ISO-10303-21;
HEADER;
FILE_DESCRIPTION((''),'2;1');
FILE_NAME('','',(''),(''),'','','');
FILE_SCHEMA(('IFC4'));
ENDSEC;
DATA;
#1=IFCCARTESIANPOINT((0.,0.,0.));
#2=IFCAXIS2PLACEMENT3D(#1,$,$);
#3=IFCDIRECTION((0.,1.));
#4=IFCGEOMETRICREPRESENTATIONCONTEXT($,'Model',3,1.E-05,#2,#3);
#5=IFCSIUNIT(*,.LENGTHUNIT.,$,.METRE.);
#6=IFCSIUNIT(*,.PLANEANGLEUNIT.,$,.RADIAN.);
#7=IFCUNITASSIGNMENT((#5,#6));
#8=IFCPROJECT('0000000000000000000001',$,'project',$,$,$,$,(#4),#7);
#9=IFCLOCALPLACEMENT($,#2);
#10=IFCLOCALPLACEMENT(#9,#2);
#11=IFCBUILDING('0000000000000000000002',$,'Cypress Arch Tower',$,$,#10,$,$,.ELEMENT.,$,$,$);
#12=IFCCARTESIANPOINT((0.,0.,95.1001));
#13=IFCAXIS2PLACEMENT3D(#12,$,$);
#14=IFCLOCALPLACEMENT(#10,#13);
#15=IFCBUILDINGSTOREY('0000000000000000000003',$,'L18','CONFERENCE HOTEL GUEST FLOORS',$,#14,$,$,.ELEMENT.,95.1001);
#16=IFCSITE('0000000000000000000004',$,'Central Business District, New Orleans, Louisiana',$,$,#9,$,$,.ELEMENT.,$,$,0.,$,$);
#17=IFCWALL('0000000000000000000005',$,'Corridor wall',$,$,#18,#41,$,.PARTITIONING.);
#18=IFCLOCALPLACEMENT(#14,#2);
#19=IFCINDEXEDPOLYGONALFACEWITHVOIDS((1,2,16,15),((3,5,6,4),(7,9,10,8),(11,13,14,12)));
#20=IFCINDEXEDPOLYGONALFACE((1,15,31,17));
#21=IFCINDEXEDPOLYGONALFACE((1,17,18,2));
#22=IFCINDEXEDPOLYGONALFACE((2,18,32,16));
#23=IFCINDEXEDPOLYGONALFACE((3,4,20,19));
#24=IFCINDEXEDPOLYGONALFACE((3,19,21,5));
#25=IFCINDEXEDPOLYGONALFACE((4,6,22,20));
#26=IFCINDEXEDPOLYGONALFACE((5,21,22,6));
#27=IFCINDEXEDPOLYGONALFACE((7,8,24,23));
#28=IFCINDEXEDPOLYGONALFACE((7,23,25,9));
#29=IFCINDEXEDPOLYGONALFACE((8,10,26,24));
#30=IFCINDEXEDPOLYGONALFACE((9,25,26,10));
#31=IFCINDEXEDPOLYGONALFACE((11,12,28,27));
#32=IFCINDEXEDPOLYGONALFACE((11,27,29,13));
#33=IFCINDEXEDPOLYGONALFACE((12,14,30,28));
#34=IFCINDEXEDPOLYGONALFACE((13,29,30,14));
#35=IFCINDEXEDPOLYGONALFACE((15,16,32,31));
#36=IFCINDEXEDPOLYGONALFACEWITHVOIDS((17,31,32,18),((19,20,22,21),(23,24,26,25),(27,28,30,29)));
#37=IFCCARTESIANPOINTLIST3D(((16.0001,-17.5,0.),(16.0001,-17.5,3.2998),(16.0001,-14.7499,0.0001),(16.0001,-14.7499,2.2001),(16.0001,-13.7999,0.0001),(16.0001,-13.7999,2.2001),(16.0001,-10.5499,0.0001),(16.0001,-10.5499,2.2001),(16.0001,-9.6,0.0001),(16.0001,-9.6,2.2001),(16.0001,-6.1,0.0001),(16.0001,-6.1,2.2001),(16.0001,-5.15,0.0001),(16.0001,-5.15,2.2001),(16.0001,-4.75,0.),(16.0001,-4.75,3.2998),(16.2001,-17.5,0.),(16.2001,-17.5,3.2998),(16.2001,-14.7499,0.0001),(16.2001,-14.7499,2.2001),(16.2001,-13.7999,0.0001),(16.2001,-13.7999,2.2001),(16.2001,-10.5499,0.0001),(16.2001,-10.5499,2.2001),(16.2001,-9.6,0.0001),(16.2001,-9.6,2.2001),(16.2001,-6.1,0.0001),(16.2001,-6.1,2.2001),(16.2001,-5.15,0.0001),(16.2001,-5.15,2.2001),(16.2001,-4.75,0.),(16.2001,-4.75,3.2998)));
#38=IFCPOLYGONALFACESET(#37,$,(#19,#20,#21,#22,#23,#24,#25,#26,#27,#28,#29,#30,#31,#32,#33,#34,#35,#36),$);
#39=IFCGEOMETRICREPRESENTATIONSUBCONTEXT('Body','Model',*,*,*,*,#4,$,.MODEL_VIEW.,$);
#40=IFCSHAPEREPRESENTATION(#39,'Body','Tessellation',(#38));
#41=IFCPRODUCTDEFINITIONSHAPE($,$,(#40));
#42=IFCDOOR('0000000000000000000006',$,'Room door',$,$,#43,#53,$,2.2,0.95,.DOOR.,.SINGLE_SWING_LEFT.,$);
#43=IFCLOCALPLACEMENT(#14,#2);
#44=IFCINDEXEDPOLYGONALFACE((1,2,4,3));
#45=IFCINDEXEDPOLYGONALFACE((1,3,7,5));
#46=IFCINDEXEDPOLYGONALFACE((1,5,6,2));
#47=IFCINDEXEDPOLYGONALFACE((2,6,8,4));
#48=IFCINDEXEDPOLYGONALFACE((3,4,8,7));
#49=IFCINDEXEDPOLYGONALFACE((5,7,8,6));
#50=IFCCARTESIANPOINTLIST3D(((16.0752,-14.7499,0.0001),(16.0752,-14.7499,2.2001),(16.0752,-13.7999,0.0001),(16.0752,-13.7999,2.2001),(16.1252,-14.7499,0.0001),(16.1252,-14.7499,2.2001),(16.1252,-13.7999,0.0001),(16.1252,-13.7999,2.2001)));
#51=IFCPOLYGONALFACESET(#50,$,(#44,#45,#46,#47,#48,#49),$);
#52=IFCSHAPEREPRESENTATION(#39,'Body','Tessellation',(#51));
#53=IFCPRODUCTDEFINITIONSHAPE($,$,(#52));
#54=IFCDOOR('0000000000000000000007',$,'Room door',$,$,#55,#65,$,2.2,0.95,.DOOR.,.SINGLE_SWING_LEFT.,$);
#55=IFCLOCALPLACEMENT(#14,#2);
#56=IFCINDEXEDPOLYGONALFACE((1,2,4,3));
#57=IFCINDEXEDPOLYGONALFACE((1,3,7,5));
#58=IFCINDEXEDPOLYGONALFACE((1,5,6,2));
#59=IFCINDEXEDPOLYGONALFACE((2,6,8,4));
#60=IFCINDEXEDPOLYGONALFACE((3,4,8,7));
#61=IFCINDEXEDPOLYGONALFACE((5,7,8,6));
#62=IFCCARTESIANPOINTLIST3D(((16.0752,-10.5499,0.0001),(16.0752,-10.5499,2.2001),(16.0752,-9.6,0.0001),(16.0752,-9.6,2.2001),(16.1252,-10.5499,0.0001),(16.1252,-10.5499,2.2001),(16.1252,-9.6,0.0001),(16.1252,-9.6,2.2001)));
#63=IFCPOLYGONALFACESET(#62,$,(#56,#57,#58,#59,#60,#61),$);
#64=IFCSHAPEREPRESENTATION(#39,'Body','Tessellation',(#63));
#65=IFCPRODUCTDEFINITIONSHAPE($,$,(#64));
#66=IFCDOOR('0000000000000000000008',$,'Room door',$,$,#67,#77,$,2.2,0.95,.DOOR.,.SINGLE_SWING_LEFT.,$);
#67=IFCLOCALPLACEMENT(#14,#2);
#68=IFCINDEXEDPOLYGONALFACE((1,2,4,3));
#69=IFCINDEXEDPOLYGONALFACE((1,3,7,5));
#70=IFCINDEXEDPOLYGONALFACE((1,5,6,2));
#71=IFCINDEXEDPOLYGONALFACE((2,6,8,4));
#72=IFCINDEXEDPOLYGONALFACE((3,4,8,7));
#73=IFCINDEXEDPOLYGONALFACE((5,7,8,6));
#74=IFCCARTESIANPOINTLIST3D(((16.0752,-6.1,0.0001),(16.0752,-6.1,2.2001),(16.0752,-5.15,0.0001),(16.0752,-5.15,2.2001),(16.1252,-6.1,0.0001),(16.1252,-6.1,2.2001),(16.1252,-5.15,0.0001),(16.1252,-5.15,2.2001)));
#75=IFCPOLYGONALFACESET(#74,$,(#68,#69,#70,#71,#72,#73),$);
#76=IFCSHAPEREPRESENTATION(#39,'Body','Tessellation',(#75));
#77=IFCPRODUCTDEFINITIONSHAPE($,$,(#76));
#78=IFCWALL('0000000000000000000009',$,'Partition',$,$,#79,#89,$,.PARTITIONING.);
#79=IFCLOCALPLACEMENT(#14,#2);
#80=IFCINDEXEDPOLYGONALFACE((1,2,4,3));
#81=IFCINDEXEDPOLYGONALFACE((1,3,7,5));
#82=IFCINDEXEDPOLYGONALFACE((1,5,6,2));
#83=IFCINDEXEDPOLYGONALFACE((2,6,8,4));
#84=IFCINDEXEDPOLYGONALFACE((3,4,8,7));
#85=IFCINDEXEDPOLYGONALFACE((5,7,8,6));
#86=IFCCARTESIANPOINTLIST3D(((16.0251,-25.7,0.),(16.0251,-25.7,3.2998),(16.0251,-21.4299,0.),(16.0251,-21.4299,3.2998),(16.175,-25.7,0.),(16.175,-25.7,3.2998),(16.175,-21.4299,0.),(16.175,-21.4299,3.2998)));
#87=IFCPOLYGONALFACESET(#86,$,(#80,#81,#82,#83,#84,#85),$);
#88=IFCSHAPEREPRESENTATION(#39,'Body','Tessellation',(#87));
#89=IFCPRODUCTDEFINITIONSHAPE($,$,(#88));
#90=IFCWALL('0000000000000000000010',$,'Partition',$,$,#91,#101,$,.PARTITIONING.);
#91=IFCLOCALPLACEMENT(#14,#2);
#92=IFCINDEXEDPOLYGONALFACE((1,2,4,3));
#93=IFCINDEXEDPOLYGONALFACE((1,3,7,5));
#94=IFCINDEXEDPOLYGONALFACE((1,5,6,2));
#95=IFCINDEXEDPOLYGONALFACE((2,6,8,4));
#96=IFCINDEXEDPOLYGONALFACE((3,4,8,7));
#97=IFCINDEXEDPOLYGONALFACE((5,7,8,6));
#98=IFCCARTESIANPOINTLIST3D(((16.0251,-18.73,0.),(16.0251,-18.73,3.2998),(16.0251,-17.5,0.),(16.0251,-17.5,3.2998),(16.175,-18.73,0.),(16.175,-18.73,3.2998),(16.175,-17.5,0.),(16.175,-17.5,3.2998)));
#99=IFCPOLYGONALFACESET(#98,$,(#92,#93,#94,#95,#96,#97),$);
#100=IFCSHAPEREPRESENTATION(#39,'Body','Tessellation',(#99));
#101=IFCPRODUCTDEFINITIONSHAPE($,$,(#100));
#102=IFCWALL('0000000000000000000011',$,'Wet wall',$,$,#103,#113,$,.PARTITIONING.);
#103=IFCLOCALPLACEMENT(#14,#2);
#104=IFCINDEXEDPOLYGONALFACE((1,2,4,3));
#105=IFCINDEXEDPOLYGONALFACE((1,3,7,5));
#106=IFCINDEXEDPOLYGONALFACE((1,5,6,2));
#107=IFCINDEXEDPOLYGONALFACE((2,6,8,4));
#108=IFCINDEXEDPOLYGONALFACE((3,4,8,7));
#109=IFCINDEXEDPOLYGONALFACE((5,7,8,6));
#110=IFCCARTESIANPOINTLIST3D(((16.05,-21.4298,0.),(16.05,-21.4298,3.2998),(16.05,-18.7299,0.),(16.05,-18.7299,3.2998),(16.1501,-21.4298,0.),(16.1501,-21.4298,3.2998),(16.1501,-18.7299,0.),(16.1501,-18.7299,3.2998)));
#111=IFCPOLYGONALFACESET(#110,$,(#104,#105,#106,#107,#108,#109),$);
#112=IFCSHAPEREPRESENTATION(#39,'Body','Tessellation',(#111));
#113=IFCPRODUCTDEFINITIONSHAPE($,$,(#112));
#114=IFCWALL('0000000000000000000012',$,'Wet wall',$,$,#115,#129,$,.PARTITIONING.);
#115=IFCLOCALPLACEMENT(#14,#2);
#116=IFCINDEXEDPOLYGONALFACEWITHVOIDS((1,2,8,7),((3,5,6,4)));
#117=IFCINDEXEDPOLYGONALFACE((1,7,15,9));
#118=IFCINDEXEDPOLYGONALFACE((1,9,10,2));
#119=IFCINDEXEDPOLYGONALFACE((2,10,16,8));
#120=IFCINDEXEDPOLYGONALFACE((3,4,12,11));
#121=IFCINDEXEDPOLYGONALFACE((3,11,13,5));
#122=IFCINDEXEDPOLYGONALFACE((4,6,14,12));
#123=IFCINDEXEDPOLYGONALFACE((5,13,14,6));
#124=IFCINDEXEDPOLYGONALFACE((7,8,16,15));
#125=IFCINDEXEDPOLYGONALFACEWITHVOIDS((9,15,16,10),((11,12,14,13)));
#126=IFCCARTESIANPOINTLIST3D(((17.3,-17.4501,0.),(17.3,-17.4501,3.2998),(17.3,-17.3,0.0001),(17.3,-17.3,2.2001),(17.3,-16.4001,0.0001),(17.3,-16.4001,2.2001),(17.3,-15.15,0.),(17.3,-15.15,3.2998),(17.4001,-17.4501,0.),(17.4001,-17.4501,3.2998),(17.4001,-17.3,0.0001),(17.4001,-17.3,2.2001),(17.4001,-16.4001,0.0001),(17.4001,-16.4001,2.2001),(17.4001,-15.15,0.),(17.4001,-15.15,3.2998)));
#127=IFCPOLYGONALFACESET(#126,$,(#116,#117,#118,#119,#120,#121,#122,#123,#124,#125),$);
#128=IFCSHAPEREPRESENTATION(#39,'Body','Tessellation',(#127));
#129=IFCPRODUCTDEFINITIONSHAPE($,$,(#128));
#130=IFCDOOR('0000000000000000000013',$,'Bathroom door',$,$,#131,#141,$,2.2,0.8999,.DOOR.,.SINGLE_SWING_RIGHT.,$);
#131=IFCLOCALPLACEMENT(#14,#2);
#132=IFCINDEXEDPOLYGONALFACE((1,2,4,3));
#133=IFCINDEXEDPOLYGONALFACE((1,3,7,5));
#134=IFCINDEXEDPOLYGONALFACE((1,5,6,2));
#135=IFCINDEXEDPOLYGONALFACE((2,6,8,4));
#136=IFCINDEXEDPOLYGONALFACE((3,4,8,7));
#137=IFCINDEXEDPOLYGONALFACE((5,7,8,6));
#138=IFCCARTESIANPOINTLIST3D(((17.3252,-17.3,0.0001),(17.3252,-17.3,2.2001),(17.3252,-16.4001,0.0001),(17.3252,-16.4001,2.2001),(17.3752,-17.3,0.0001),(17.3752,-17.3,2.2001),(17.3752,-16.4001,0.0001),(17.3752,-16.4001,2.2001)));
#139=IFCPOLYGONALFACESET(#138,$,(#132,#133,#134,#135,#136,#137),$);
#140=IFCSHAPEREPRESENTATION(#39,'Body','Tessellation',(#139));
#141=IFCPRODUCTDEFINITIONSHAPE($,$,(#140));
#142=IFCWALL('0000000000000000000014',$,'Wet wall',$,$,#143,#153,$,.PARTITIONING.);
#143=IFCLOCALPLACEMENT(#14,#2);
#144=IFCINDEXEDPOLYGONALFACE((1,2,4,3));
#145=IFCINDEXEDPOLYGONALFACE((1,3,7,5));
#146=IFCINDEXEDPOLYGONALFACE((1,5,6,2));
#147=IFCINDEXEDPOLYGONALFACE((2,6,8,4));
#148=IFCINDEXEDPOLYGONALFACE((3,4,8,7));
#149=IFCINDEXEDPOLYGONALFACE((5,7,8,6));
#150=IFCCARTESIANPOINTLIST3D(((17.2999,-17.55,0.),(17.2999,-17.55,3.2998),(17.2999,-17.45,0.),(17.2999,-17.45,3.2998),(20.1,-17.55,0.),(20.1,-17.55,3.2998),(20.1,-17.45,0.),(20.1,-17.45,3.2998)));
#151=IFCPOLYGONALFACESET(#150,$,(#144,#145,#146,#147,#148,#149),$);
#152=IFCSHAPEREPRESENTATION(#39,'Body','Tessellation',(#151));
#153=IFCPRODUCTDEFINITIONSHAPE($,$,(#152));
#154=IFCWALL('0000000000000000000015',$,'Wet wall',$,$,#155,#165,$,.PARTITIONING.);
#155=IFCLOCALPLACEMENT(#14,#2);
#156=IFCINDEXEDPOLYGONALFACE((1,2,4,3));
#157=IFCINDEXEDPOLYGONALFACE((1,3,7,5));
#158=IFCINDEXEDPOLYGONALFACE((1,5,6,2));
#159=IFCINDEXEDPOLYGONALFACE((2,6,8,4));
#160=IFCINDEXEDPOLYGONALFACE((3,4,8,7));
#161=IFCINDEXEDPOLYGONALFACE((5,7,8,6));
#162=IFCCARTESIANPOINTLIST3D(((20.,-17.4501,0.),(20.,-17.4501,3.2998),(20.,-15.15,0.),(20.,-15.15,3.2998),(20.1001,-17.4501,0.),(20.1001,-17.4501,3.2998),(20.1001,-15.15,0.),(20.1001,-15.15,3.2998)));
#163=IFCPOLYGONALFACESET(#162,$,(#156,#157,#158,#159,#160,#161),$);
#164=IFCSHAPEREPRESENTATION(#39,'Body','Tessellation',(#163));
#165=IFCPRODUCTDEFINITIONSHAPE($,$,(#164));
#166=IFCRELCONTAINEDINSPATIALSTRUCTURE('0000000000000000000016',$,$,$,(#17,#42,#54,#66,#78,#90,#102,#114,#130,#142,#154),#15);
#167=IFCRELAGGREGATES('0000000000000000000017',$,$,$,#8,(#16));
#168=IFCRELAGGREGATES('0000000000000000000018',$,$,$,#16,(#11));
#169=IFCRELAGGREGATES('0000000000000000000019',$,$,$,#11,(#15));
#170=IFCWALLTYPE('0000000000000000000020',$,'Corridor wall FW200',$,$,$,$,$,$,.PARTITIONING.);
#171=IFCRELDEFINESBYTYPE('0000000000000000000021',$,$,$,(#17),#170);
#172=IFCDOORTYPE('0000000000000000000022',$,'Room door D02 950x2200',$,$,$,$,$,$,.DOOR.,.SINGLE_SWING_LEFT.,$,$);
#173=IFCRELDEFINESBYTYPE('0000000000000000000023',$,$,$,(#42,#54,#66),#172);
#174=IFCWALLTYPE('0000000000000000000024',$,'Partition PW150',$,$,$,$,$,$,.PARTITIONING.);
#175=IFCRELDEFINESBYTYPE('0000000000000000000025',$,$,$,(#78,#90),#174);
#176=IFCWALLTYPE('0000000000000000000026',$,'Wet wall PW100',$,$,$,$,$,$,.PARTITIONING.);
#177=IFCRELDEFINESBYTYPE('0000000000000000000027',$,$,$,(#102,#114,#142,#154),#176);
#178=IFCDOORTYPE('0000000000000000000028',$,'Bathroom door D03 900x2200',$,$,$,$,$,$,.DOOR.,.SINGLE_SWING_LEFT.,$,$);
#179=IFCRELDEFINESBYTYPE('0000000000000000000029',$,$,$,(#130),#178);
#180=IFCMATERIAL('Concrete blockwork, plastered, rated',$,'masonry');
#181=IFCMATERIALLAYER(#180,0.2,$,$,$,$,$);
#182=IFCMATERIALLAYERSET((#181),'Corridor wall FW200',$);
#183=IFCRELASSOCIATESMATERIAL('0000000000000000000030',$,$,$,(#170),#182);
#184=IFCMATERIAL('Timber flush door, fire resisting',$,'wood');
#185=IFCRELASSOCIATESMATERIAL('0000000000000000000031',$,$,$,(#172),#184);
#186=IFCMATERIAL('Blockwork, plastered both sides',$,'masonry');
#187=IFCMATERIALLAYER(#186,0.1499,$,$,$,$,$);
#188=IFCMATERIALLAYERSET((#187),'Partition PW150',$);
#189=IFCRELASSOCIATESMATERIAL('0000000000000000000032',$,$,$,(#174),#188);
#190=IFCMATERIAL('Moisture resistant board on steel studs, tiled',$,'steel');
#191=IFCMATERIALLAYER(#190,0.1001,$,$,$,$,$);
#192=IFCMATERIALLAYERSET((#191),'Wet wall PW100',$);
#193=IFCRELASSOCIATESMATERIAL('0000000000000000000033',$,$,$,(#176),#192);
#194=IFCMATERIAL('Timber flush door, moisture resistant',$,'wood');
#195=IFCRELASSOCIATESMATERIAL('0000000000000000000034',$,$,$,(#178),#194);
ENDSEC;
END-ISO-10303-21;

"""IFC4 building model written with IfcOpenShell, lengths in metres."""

from ifc_helpers import new_model, si_unit, direction, frame, frame_2d, origin, place, context, subcontext, project, spatial, rectangle, extrude, material, layer, layer_set, type_object, element, fill, save


model = new_model("IFC4")

# Units and contexts
model_context = context("Model", 3, precision=1e-05, world=origin(), true_north=direction((0.0, 1.0)))
body_context = subcontext(model_context, "Body", "Model", "MODEL_VIEW")
ifc_project = project(units=[si_unit("LENGTHUNIT", "METRE"), si_unit("PLANEANGLEUNIT", "RADIAN")], contexts=[model_context])

# Site, building, storey
site_placement = place(None, origin())
site = spatial("IfcSite", under=ifc_project, at=site_placement, Name="Central Business District, New Orleans, Louisiana", CompositionType="ELEMENT", RefElevation=0.0)
building_placement = place(site_placement, origin())
building = spatial("IfcBuilding", under=site, at=building_placement, Name="Cypress Arch Tower", CompositionType="ELEMENT")
storey_placement = place(building_placement, frame((0.0, 0.0, 95.1001)))
storey = spatial("IfcBuildingStorey", under=building, at=storey_placement, Name="L18", Description="CONFERENCE HOTEL GUEST FLOORS", CompositionType="ELEMENT", Elevation=95.1001)

# Wall, openings, doors
ifc_material_1 = material(Name="Concrete blockwork, plastered, rated", Category="masonry")
ifc_layer_1 = layer(ifc_material_1, 0.2)
ifc_layer_set_1 = layer_set([ifc_layer_1], Name="Corridor wall FW200")
wall_type_1 = type_object("IfcWallType", Name="Corridor wall FW200", PredefinedType="PARTITIONING", material=ifc_layer_set_1)
wall_1_placement = place(storey_placement, frame((16.1001, -17.5, 0.0), z_axis=(0.0, 0.0, 1.0), x_axis=(0.0, 1.0, 0.0)))
wall_1 = element("IfcWall", 1, at=wall_1_placement, inside=storey, type_object=wall_type_1, Name="Corridor wall", PredefinedType="PARTITIONING", context=body_context, shape_type="SweptSolid", body=[
    extrude(rectangle(XDim=12.75, YDim=0.2, at=frame_2d((6.375, 0.0))), origin(), (0.0, 0.0, 1.0), 3.2998),
])
opening_1_placement = place(wall_1_placement, frame((2.75, 0.0, 0.0)))
opening_1 = element("IfcOpeningElement", 2, at=opening_1_placement, cuts=wall_1, PredefinedType="OPENING", context=body_context, shape_type="SweptSolid", body=[
    extrude(rectangle(XDim=0.95, YDim=2.2, at=frame_2d((0.4751, 1.1001))), frame((0.0, 0.1099, 0.0), z_axis=(0.0, -1.0, 0.0), x_axis=(1.0, 0.0, 0.0)), (0.0, 0.0, 1.0), 0.22),
])
opening_2_placement = place(wall_1_placement, frame((6.95, 0.0, 0.0)))
opening_2 = element("IfcOpeningElement", 3, at=opening_2_placement, cuts=wall_1, PredefinedType="OPENING", context=body_context, shape_type="SweptSolid", body=[
    extrude(rectangle(XDim=0.95, YDim=2.2, at=frame_2d((0.4751, 1.1001))), frame((0.0, 0.1099, 0.0), z_axis=(0.0, -1.0, 0.0), x_axis=(1.0, 0.0, 0.0)), (0.0, 0.0, 1.0), 0.22),
])
opening_3_placement = place(wall_1_placement, frame((11.3999, 0.0, 0.0)))
opening_3 = element("IfcOpeningElement", 4, at=opening_3_placement, cuts=wall_1, PredefinedType="OPENING", context=body_context, shape_type="SweptSolid", body=[
    extrude(rectangle(XDim=0.95, YDim=2.2, at=frame_2d((0.4751, 1.1001))), frame((0.0, 0.1099, 0.0), z_axis=(0.0, -1.0, 0.0), x_axis=(1.0, 0.0, 0.0)), (0.0, 0.0, 1.0), 0.22),
])
ifc_material_2 = material(Name="Timber flush door, fire resisting", Category="wood")
door_type_1 = type_object("IfcDoorType", Name="Room door D02 950x2200", OperationType="SINGLE_SWING_LEFT", PredefinedType="DOOR", material=ifc_material_2)
door_1_placement = place(opening_1_placement, origin())
door_1 = element("IfcDoor", 5, at=door_1_placement, inside=storey, type_object=door_type_1, Name="Room door", OperationType="SINGLE_SWING_LEFT", OverallHeight=2.2, OverallWidth=0.95, PredefinedType="DOOR", context=body_context, shape_type="SweptSolid", body=[
    extrude(rectangle(XDim=0.95, YDim=2.2, at=frame_2d((0.4751, 1.1001))), frame((0.0, 0.0249, 0.0), z_axis=(0.0, -1.0, 0.0), x_axis=(1.0, 0.0, 0.0)), (0.0, 0.0, 1.0), 0.05),
])
fill(opening_1, door_1)
door_2_placement = place(opening_2_placement, origin())
door_2 = element("IfcDoor", 6, at=door_2_placement, inside=storey, type_object=door_type_1, Name="Room door", OperationType="SINGLE_SWING_LEFT", OverallHeight=2.2, OverallWidth=0.95, PredefinedType="DOOR", context=body_context, shape_type="SweptSolid", body=[
    extrude(rectangle(XDim=0.95, YDim=2.2, at=frame_2d((0.4751, 1.1001))), frame((0.0, 0.0249, 0.0), z_axis=(0.0, -1.0, 0.0), x_axis=(1.0, 0.0, 0.0)), (0.0, 0.0, 1.0), 0.05),
])
fill(opening_2, door_2)
door_3_placement = place(opening_3_placement, origin())
door_3 = element("IfcDoor", 7, at=door_3_placement, inside=storey, type_object=door_type_1, Name="Room door", OperationType="SINGLE_SWING_LEFT", OverallHeight=2.2, OverallWidth=0.95, PredefinedType="DOOR", context=body_context, shape_type="SweptSolid", body=[
    extrude(rectangle(XDim=0.95, YDim=2.2, at=frame_2d((0.4751, 1.1001))), frame((0.0, 0.0249, 0.0), z_axis=(0.0, -1.0, 0.0), x_axis=(1.0, 0.0, 0.0)), (0.0, 0.0, 1.0), 0.05),
])
fill(opening_3, door_3)

# Walls
ifc_material_3 = material(Name="Blockwork, plastered both sides", Category="masonry")
ifc_layer_2 = layer(ifc_material_3, 0.1499)
ifc_layer_set_2 = layer_set([ifc_layer_2], Name="Partition PW150")
wall_type_2 = type_object("IfcWallType", Name="Partition PW150", PredefinedType="PARTITIONING", material=ifc_layer_set_2)
wall_2_placement = place(storey_placement, frame((16.1001, -25.7, 0.0), z_axis=(0.0, 0.0, 1.0), x_axis=(0.0, 1.0, 0.0)))
element("IfcWall", 8, at=wall_2_placement, inside=storey, type_object=wall_type_2, Name="Partition", PredefinedType="PARTITIONING", context=body_context, shape_type="SweptSolid", body=[
    extrude(rectangle(XDim=4.27, YDim=0.1499, at=frame_2d((2.135, 0.0))), origin(), (0.0, 0.0, 1.0), 3.2998),
])
wall_3_placement = place(storey_placement, frame((16.1001, -18.73, 0.0), z_axis=(0.0, 0.0, 1.0), x_axis=(0.0, 1.0, 0.0)))
element("IfcWall", 9, at=wall_3_placement, inside=storey, type_object=wall_type_2, Name="Partition", PredefinedType="PARTITIONING", context=body_context, shape_type="SweptSolid", body=[
    extrude(rectangle(XDim=1.23, YDim=0.1499, at=frame_2d((0.615, 0.0))), origin(), (0.0, 0.0, 1.0), 3.2998),
])
ifc_material_4 = material(Name="Moisture resistant board on steel studs, tiled", Category="steel")
ifc_layer_3 = layer(ifc_material_4, 0.1001)
ifc_layer_set_3 = layer_set([ifc_layer_3], Name="Wet wall PW100")
wall_type_3 = type_object("IfcWallType", Name="Wet wall PW100", PredefinedType="PARTITIONING", material=ifc_layer_set_3)
wall_4_placement = place(storey_placement, frame((16.1001, -21.4299, 0.0), z_axis=(0.0, 0.0, 1.0), x_axis=(0.0, 1.0, 0.0)))
element("IfcWall", 10, at=wall_4_placement, inside=storey, type_object=wall_type_3, Name="Wet wall", PredefinedType="PARTITIONING", context=body_context, shape_type="SweptSolid", body=[
    extrude(rectangle(XDim=2.7, YDim=0.1001, at=frame_2d((1.3501, 0.0))), origin(), (0.0, 0.0, 1.0), 3.2998),
])

# Wall, opening, door
wall_5_placement = place(storey_placement, frame((17.3501, -17.45, 0.0), z_axis=(0.0, 0.0, 1.0), x_axis=(0.0, 1.0, 0.0)))
wall_5 = element("IfcWall", 11, at=wall_5_placement, inside=storey, type_object=wall_type_3, Name="Wet wall", PredefinedType="PARTITIONING", context=body_context, shape_type="SweptSolid", body=[
    extrude(rectangle(XDim=2.3, YDim=0.1001, at=frame_2d((1.1499, 0.0))), origin(), (0.0, 0.0, 1.0), 3.2998),
])
opening_4_placement = place(wall_5_placement, frame((0.1499, 0.0, 0.0)))
opening_4 = element("IfcOpeningElement", 12, at=opening_4_placement, cuts=wall_5, PredefinedType="OPENING", context=body_context, shape_type="SweptSolid", body=[
    extrude(rectangle(XDim=0.8999, YDim=2.2, at=frame_2d((0.45, 1.1001))), frame((0.0, 0.0601, 0.0), z_axis=(0.0, -1.0, 0.0), x_axis=(1.0, 0.0, 0.0)), (0.0, 0.0, 1.0), 0.1201),
])
ifc_material_5 = material(Name="Timber flush door, moisture resistant", Category="wood")
door_type_2 = type_object("IfcDoorType", Name="Bathroom door D03 900x2200", OperationType="SINGLE_SWING_LEFT", PredefinedType="DOOR", material=ifc_material_5)
door_4_placement = place(opening_4_placement, origin())
door_4 = element("IfcDoor", 13, at=door_4_placement, inside=storey, type_object=door_type_2, Name="Bathroom door", OperationType="SINGLE_SWING_RIGHT", OverallHeight=2.2, OverallWidth=0.8999, PredefinedType="DOOR", context=body_context, shape_type="SweptSolid", body=[
    extrude(rectangle(XDim=0.8999, YDim=2.2, at=frame_2d((0.45, 1.1001))), frame((0.0, 0.0249, 0.0), z_axis=(0.0, -1.0, 0.0), x_axis=(1.0, 0.0, 0.0)), (0.0, 0.0, 1.0), 0.05),
])
fill(opening_4, door_4)

# Walls
wall_6_placement = place(storey_placement, frame((17.3, -17.5, 0.0), z_axis=(0.0, 0.0, 1.0), x_axis=(1.0, 0.0, 0.0)))
element("IfcWall", 14, at=wall_6_placement, inside=storey, type_object=wall_type_3, Name="Wet wall", PredefinedType="PARTITIONING", context=body_context, shape_type="SweptSolid", body=[
    extrude(rectangle(XDim=2.8, YDim=0.1001, at=frame_2d((1.3999, 0.0))), origin(), (0.0, 0.0, 1.0), 3.2998),
])
wall_7_placement = place(storey_placement, frame((20.05, -17.45, 0.0), z_axis=(0.0, 0.0, 1.0), x_axis=(0.0, 1.0, 0.0)))
element("IfcWall", 15, at=wall_7_placement, inside=storey, type_object=wall_type_3, Name="Wet wall", PredefinedType="PARTITIONING", context=body_context, shape_type="SweptSolid", body=[
    extrude(rectangle(XDim=2.3, YDim=0.1001, at=frame_2d((1.1499, 0.0))), origin(), (0.0, 0.0, 1.0), 3.2998),
])

save(model, "model.ifc")
